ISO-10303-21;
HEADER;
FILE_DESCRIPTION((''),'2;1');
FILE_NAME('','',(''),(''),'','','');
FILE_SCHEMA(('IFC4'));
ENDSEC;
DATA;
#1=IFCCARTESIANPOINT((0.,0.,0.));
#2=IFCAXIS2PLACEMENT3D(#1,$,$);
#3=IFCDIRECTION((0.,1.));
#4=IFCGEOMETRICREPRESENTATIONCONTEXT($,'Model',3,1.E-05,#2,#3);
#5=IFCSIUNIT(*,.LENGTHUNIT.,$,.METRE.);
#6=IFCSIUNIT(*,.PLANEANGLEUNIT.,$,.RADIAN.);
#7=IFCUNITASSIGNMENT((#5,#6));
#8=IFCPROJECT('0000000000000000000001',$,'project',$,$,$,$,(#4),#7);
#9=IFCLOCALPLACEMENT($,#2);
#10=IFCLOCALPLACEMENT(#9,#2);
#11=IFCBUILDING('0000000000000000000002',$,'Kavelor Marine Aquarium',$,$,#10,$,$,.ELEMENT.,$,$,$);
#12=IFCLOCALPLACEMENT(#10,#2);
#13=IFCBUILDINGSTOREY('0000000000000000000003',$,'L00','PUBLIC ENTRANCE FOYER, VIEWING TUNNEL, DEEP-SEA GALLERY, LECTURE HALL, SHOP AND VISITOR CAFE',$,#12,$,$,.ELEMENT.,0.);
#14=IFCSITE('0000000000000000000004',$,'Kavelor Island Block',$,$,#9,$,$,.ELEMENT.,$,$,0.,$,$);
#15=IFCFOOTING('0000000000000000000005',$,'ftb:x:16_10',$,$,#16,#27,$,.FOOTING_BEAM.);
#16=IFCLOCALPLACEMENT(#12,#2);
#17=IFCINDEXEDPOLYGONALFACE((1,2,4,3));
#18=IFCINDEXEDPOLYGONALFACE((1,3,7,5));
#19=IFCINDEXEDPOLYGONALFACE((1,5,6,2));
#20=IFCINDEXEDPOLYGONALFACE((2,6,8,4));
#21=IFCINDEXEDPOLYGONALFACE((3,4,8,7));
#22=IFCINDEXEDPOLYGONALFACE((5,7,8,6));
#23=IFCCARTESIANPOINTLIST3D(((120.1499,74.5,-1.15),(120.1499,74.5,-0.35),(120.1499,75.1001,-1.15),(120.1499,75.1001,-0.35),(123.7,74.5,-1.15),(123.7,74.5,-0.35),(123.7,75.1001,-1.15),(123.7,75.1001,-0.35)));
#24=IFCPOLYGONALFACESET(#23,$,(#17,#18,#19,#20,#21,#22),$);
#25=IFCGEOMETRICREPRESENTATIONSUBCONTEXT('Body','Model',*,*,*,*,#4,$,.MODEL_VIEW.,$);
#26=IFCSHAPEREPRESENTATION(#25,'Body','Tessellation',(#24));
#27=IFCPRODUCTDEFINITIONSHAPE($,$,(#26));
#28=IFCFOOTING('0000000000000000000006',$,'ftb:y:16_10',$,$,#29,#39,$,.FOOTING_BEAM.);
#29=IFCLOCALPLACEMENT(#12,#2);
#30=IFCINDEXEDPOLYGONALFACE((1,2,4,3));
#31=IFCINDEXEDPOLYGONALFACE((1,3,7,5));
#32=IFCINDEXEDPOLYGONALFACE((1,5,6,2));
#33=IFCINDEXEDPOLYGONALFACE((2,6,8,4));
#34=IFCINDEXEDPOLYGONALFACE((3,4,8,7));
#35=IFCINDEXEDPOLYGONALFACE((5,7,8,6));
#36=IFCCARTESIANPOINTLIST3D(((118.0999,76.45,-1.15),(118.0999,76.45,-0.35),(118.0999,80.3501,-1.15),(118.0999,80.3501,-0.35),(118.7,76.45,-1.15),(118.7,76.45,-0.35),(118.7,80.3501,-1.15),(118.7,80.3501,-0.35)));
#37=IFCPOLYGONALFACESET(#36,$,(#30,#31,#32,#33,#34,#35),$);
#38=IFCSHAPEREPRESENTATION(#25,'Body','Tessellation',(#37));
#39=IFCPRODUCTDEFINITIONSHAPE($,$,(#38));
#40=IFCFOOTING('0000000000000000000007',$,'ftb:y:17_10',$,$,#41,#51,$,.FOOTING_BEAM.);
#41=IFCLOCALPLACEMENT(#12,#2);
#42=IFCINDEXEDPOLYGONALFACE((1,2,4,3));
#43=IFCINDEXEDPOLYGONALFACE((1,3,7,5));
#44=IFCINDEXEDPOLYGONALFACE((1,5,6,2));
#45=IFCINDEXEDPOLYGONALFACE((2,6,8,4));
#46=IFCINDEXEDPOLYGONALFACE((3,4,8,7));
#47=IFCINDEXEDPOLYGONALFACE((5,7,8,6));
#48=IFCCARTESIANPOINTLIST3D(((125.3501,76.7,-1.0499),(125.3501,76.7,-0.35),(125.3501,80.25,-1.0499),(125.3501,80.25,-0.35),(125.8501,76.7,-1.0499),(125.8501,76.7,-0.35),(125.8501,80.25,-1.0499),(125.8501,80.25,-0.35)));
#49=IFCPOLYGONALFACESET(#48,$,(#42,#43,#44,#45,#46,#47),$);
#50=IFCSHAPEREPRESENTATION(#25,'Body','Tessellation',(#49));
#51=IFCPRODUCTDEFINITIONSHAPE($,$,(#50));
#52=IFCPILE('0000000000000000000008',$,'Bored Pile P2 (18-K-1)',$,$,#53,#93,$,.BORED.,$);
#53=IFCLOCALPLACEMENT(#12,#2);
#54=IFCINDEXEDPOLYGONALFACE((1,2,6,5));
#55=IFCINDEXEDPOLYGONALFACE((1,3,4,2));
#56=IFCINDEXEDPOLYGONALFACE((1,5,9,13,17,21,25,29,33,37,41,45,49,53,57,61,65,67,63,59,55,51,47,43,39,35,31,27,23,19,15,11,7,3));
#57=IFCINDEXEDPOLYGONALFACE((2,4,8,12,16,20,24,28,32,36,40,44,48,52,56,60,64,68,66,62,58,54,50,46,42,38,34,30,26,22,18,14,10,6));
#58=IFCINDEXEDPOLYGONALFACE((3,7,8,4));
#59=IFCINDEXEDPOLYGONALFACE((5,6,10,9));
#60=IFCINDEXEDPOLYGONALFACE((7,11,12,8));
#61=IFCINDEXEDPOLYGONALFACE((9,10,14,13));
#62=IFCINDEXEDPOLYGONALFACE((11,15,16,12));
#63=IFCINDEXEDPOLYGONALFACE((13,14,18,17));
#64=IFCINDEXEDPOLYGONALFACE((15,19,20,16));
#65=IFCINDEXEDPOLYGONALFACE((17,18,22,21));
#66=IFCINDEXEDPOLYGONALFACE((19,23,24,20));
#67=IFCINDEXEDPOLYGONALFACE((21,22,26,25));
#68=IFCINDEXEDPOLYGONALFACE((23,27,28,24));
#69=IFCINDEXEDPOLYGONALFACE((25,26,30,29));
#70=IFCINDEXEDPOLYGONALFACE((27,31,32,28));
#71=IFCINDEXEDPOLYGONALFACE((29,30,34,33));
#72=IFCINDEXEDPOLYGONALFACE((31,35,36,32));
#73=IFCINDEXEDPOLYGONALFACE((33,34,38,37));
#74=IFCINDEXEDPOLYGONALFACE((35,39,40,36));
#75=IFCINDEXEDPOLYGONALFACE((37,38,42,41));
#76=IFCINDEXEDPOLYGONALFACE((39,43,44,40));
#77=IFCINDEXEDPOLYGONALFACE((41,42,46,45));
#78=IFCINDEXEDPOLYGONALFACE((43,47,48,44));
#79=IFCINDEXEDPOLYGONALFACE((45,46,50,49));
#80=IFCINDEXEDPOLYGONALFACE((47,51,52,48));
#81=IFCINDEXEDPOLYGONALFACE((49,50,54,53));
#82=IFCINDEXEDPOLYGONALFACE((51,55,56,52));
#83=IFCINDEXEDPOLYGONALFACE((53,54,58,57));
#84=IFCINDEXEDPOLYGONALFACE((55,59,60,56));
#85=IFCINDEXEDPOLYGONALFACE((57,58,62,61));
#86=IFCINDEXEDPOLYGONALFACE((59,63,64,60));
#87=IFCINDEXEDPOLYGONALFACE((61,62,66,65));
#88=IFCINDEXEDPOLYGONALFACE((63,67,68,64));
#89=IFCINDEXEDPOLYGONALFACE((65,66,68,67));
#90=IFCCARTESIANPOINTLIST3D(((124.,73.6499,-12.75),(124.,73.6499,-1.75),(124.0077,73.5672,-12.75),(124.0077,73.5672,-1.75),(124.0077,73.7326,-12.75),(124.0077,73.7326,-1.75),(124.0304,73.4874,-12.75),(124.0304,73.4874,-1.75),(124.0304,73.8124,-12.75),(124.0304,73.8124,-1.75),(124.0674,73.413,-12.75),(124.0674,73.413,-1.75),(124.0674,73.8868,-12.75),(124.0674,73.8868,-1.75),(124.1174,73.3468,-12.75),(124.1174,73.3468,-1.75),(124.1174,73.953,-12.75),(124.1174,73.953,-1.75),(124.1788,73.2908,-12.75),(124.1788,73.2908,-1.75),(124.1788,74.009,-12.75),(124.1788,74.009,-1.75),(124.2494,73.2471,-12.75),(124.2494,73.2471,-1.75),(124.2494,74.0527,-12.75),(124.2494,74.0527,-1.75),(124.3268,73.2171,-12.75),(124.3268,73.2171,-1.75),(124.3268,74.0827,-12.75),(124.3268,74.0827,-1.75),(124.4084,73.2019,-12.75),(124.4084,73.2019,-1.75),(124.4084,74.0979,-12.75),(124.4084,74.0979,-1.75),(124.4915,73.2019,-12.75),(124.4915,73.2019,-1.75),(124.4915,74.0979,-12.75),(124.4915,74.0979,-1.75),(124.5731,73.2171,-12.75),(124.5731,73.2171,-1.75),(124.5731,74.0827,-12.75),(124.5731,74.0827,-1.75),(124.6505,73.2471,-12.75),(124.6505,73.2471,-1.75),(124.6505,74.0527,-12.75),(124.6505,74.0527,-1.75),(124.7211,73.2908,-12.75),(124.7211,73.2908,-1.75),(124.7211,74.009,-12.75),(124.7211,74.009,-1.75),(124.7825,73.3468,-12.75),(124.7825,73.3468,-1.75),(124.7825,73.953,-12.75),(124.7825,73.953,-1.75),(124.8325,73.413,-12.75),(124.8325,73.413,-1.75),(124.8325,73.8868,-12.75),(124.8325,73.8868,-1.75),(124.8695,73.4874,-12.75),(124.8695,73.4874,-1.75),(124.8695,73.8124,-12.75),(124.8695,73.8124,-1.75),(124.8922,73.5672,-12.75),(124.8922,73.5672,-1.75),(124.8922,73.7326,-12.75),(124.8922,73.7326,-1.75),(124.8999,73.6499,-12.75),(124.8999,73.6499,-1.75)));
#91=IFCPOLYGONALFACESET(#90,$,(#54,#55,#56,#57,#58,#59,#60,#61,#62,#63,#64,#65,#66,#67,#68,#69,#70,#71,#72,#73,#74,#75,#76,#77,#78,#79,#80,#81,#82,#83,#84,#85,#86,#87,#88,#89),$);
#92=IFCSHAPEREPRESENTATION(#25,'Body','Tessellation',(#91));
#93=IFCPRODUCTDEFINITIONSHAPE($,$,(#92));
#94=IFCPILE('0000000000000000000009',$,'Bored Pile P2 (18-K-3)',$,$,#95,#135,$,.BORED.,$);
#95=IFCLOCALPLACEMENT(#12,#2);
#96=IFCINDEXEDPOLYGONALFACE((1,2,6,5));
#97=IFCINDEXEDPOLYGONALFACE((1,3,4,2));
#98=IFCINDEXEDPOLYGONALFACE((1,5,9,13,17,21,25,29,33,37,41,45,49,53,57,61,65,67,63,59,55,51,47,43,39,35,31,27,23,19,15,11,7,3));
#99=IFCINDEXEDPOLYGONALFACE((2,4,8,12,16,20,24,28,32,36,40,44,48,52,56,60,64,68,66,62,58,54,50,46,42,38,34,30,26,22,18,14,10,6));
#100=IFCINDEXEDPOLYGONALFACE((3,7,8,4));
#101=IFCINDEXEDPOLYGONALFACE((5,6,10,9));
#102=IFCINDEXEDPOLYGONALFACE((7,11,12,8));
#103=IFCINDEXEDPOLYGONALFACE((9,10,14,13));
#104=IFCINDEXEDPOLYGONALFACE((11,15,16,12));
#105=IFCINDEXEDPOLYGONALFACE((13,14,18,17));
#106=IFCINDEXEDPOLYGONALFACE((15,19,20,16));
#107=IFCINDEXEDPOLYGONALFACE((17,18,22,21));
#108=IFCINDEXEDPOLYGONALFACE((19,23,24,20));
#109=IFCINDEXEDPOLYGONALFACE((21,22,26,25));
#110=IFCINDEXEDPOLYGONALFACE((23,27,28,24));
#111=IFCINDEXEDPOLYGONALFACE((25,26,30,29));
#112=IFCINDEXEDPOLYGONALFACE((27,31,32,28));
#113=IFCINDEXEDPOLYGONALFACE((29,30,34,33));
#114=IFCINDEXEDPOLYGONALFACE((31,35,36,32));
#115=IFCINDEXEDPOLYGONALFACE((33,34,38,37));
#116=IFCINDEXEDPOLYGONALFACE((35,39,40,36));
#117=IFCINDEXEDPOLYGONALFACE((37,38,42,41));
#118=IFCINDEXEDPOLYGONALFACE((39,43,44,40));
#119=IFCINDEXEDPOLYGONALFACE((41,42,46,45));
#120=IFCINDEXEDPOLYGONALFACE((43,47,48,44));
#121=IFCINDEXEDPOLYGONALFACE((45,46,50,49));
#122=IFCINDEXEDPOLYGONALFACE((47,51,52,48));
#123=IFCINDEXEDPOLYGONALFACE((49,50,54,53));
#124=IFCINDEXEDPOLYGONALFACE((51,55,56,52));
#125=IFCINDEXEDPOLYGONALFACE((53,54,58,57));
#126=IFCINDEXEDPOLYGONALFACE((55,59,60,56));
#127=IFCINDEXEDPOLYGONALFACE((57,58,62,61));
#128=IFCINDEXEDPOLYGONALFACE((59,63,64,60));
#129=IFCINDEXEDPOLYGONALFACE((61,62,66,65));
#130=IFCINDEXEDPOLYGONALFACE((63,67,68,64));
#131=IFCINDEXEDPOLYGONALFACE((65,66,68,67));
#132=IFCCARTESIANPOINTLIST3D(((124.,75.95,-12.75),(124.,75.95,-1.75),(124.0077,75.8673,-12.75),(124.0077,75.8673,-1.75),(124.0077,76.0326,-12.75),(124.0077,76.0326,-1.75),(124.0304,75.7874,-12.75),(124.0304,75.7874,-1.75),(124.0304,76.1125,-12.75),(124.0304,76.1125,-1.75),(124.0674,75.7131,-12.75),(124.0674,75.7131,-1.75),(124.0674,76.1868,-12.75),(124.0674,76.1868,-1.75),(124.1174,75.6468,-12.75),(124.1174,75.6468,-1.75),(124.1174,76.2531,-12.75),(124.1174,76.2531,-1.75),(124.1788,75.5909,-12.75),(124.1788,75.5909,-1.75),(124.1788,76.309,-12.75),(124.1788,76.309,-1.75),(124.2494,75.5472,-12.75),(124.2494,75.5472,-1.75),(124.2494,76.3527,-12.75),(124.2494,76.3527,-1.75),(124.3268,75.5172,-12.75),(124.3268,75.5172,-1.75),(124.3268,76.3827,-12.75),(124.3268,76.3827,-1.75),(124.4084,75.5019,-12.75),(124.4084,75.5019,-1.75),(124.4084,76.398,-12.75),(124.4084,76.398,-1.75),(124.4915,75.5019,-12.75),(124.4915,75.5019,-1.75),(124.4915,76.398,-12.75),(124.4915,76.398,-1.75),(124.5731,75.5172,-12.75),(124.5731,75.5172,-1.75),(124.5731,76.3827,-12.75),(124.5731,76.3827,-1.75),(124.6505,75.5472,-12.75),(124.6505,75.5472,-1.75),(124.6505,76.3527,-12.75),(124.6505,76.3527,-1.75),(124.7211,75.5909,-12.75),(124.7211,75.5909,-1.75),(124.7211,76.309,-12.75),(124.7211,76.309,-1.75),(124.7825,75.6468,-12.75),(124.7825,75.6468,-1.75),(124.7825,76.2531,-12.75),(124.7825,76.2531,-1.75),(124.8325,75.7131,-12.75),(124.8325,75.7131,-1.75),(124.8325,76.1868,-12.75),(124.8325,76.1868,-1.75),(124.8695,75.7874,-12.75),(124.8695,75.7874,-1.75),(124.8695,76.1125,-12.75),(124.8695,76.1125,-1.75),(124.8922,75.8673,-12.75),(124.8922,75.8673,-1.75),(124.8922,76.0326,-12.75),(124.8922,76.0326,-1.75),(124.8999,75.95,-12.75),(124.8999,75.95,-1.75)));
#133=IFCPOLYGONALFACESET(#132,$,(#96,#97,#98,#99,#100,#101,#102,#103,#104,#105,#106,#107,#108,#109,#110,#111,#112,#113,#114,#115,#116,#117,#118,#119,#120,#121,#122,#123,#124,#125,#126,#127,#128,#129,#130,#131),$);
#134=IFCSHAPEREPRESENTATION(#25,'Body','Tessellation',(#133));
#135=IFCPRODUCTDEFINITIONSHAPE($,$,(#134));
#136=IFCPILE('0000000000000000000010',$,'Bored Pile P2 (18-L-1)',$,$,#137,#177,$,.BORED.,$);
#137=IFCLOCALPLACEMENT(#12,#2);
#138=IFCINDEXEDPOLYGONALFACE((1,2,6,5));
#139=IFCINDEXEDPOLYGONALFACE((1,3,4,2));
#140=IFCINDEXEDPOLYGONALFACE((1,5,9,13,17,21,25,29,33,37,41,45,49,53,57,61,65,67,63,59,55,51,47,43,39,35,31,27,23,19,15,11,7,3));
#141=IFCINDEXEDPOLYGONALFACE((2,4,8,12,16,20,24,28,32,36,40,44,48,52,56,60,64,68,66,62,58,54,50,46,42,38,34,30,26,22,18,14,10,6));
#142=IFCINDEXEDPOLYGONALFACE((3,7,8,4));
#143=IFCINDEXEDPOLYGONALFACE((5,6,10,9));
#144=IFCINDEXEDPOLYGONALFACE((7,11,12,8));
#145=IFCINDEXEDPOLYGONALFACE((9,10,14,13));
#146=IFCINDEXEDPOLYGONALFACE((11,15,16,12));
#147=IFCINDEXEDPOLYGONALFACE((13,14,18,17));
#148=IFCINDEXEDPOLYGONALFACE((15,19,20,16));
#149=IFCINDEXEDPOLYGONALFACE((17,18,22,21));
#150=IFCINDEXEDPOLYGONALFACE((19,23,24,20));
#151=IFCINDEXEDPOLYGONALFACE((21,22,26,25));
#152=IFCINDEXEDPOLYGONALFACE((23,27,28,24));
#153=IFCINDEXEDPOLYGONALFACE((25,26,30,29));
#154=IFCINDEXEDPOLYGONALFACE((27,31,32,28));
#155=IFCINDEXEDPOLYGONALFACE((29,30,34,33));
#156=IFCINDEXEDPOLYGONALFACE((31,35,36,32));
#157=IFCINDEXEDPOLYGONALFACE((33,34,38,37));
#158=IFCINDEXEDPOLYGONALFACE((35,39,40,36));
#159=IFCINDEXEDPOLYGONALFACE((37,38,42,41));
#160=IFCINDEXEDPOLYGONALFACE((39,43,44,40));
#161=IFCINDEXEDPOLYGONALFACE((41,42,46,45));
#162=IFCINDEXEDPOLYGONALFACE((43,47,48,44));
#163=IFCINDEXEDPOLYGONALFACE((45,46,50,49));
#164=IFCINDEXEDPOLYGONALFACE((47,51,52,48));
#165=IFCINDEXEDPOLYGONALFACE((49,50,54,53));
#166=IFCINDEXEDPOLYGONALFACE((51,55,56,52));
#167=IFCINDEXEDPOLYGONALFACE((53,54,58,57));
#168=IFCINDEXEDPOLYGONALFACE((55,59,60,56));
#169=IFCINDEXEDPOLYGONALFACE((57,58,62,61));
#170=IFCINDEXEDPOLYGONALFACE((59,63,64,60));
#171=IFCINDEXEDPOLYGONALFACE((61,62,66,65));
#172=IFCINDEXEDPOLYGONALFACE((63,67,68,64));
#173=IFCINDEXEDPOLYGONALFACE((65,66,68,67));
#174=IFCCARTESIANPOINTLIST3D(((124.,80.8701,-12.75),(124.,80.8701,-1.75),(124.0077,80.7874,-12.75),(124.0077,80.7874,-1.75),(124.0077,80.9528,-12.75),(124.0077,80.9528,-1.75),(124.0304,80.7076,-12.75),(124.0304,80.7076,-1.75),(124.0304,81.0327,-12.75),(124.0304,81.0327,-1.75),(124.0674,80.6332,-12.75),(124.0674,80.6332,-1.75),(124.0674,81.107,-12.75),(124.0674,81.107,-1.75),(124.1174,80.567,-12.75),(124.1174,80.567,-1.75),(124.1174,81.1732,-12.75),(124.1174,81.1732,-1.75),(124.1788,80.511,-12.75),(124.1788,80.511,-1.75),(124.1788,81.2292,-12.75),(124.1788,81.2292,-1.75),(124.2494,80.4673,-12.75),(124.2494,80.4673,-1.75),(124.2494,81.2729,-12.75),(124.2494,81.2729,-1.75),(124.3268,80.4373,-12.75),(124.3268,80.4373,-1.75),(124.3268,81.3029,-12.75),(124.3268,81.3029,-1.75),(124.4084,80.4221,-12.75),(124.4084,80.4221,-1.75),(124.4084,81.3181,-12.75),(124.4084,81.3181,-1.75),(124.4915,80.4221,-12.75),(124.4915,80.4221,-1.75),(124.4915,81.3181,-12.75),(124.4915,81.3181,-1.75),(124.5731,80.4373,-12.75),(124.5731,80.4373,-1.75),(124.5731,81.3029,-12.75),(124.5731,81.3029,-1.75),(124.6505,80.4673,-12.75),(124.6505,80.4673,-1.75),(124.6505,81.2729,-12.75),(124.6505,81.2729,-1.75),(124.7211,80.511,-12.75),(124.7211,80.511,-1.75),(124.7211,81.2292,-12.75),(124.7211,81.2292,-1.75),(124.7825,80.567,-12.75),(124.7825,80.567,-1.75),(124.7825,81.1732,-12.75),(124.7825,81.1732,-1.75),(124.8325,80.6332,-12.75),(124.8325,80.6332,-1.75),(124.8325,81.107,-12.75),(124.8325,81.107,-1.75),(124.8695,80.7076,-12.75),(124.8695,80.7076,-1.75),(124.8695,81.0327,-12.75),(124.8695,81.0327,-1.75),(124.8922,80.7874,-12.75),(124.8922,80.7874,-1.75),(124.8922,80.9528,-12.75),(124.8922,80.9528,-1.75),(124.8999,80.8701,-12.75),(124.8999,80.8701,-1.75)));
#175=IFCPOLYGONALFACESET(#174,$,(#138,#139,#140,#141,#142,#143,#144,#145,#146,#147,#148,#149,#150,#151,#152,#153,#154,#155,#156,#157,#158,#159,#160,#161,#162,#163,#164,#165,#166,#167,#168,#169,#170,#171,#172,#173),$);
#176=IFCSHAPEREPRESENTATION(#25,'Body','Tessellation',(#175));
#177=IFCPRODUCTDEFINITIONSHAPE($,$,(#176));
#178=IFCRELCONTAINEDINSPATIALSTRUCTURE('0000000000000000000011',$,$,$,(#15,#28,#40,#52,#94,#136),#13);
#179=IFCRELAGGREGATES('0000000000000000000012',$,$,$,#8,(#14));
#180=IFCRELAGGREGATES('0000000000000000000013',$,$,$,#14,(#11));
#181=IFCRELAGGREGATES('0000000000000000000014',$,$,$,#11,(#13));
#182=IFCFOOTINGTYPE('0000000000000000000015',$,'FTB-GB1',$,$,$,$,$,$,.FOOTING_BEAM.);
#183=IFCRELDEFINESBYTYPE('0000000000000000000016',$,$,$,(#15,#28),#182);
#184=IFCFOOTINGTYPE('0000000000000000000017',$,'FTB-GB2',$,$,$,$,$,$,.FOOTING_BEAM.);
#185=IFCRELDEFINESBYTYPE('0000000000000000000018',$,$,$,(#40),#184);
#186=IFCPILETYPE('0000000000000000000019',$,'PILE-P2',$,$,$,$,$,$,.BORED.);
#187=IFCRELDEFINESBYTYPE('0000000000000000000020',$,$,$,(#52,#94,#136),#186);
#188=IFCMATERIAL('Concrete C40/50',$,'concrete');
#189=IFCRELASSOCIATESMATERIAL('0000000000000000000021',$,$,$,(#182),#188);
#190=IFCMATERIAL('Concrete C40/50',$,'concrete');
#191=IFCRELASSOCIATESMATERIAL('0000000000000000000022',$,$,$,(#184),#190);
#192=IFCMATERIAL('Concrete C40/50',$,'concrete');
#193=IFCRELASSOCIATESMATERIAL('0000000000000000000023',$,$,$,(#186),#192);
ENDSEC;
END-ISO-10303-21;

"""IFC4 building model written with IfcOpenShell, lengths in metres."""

from ifc_helpers import new_model, si_unit, direction, frame, origin, origin_2d, place, context, subcontext, project, spatial, rectangle, circle, extrude, material, material_profile, profile_set, type_object, element, save


model = new_model("IFC4")

# Units and contexts
model_context = context("Model", 3, precision=1e-05, world=origin(), true_north=direction((0.0, 1.0)))
body_context = subcontext(model_context, "Body", "Model", "MODEL_VIEW")
ifc_project = project(units=[si_unit("LENGTHUNIT", "METRE"), si_unit("PLANEANGLEUNIT", "RADIAN")], contexts=[model_context])

# Site, building, storey
site_placement = place(None, origin())
site = spatial("IfcSite", under=ifc_project, at=site_placement, Name="Kavelor Island Block", CompositionType="ELEMENT", RefElevation=0.0)
building_placement = place(site_placement, origin())
building = spatial("IfcBuilding", under=site, at=building_placement, Name="Kavelor Marine Aquarium", CompositionType="ELEMENT")
storey_placement = place(building_placement, origin())
storey = spatial("IfcBuildingStorey", under=building, at=storey_placement, Name="L00", Description="PUBLIC ENTRANCE FOYER, VIEWING TUNNEL, DEEP-SEA GALLERY, LECTURE HALL, SHOP AND VISITOR CAFE", CompositionType="ELEMENT", Elevation=0.0)

# Footings
ifc_material_1 = material(Name="Concrete C40/50", Category="concrete")
ifc_material_profile_1 = material_profile(ifc_material_1, rectangle(XDim=0.6001, YDim=0.8, at=origin_2d()), Name="GB 600x800")
ifc_profile_set_1 = profile_set([ifc_material_profile_1], Name="Concrete C40/50")
footing_type_1 = type_object("IfcFootingType", Name="FTB-GB1", PredefinedType="FOOTING_BEAM", material=ifc_profile_set_1)
footing_1_placement = place(storey_placement, frame((120.1499, 74.8, -0.75), z_axis=(1.0, 0.0, 0.0), x_axis=(0.0, 1.0, 0.0)))
element("IfcFooting", 1, at=footing_1_placement, inside=storey, type_object=footing_type_1, Name="ftb:x:16_10", PredefinedType="FOOTING_BEAM", context=body_context, shape_type="SweptSolid", body=[
    extrude(rectangle(XDim=0.6001, YDim=0.8, at=origin_2d()), origin(), (0.0, 0.0, 1.0), 3.55),
])
footing_2_placement = place(storey_placement, frame((118.3999, 76.45, -0.75), z_axis=(0.0, 1.0, 0.0), x_axis=(-1.0, 0.0, 0.0)))
element("IfcFooting", 2, at=footing_2_placement, inside=storey, type_object=footing_type_1, Name="ftb:y:16_10", PredefinedType="FOOTING_BEAM", context=body_context, shape_type="SweptSolid", body=[
    extrude(rectangle(XDim=0.6001, YDim=0.8, at=origin_2d()), origin(), (0.0, 0.0, 1.0), 3.9001),
])
ifc_material_2 = material(Name="Concrete C40/50", Category="concrete")
ifc_material_profile_2 = material_profile(ifc_material_2, rectangle(XDim=0.5, YDim=0.7, at=origin_2d()), Name="GB 500x700")
ifc_profile_set_2 = profile_set([ifc_material_profile_2], Name="Concrete C40/50")
footing_type_2 = type_object("IfcFootingType", Name="FTB-GB2", PredefinedType="FOOTING_BEAM", material=ifc_profile_set_2)
footing_3_placement = place(storey_placement, frame((125.6001, 76.7, -0.7), z_axis=(0.0, 1.0, 0.0), x_axis=(-1.0, 0.0, 0.0)))
element("IfcFooting", 3, at=footing_3_placement, inside=storey, type_object=footing_type_2, Name="ftb:y:17_10", PredefinedType="FOOTING_BEAM", context=body_context, shape_type="SweptSolid", body=[
    extrude(rectangle(XDim=0.5, YDim=0.7, at=origin_2d()), origin(), (0.0, 0.0, 1.0), 3.55),
])

# Piles
ifc_material_3 = material(Name="Concrete C40/50", Category="concrete")
ifc_material_profile_3 = material_profile(ifc_material_3, circle(Radius=0.45, at=origin_2d()), Name="PILE D900")
ifc_profile_set_3 = profile_set([ifc_material_profile_3], Name="Concrete C40/50")
pile_type_1 = type_object("IfcPileType", Name="PILE-P2", PredefinedType="BORED", material=ifc_profile_set_3)
for number, where, z_axis, x_axis, name in (
    (4, (124.45, 73.6499, -1.75), (0.0, 0.0, -1.0), (1.0, 0.0, 0.0), "Bored Pile P2 (18-K-1)"),
    (5, (124.45, 75.95, -1.75), (0.0, 0.0, -1.0), (1.0, 0.0, 0.0), "Bored Pile P2 (18-K-3)"),
    (6, (124.45, 80.8701, -1.75), (0.0, 0.0, -1.0), (1.0, 0.0, 0.0), "Bored Pile P2 (18-L-1)"),
):
    element("IfcPile", number, at=place(storey_placement, frame(where, z_axis=z_axis, x_axis=x_axis)), inside=storey, type_object=pile_type_1, Name=name, PredefinedType="BORED", context=body_context, shape_type="SweptSolid", body=[
        extrude(circle(Radius=0.45, at=origin_2d()), origin(), (0.0, 0.0, 1.0), 11.0),
    ])

save(model, "model.ifc")
